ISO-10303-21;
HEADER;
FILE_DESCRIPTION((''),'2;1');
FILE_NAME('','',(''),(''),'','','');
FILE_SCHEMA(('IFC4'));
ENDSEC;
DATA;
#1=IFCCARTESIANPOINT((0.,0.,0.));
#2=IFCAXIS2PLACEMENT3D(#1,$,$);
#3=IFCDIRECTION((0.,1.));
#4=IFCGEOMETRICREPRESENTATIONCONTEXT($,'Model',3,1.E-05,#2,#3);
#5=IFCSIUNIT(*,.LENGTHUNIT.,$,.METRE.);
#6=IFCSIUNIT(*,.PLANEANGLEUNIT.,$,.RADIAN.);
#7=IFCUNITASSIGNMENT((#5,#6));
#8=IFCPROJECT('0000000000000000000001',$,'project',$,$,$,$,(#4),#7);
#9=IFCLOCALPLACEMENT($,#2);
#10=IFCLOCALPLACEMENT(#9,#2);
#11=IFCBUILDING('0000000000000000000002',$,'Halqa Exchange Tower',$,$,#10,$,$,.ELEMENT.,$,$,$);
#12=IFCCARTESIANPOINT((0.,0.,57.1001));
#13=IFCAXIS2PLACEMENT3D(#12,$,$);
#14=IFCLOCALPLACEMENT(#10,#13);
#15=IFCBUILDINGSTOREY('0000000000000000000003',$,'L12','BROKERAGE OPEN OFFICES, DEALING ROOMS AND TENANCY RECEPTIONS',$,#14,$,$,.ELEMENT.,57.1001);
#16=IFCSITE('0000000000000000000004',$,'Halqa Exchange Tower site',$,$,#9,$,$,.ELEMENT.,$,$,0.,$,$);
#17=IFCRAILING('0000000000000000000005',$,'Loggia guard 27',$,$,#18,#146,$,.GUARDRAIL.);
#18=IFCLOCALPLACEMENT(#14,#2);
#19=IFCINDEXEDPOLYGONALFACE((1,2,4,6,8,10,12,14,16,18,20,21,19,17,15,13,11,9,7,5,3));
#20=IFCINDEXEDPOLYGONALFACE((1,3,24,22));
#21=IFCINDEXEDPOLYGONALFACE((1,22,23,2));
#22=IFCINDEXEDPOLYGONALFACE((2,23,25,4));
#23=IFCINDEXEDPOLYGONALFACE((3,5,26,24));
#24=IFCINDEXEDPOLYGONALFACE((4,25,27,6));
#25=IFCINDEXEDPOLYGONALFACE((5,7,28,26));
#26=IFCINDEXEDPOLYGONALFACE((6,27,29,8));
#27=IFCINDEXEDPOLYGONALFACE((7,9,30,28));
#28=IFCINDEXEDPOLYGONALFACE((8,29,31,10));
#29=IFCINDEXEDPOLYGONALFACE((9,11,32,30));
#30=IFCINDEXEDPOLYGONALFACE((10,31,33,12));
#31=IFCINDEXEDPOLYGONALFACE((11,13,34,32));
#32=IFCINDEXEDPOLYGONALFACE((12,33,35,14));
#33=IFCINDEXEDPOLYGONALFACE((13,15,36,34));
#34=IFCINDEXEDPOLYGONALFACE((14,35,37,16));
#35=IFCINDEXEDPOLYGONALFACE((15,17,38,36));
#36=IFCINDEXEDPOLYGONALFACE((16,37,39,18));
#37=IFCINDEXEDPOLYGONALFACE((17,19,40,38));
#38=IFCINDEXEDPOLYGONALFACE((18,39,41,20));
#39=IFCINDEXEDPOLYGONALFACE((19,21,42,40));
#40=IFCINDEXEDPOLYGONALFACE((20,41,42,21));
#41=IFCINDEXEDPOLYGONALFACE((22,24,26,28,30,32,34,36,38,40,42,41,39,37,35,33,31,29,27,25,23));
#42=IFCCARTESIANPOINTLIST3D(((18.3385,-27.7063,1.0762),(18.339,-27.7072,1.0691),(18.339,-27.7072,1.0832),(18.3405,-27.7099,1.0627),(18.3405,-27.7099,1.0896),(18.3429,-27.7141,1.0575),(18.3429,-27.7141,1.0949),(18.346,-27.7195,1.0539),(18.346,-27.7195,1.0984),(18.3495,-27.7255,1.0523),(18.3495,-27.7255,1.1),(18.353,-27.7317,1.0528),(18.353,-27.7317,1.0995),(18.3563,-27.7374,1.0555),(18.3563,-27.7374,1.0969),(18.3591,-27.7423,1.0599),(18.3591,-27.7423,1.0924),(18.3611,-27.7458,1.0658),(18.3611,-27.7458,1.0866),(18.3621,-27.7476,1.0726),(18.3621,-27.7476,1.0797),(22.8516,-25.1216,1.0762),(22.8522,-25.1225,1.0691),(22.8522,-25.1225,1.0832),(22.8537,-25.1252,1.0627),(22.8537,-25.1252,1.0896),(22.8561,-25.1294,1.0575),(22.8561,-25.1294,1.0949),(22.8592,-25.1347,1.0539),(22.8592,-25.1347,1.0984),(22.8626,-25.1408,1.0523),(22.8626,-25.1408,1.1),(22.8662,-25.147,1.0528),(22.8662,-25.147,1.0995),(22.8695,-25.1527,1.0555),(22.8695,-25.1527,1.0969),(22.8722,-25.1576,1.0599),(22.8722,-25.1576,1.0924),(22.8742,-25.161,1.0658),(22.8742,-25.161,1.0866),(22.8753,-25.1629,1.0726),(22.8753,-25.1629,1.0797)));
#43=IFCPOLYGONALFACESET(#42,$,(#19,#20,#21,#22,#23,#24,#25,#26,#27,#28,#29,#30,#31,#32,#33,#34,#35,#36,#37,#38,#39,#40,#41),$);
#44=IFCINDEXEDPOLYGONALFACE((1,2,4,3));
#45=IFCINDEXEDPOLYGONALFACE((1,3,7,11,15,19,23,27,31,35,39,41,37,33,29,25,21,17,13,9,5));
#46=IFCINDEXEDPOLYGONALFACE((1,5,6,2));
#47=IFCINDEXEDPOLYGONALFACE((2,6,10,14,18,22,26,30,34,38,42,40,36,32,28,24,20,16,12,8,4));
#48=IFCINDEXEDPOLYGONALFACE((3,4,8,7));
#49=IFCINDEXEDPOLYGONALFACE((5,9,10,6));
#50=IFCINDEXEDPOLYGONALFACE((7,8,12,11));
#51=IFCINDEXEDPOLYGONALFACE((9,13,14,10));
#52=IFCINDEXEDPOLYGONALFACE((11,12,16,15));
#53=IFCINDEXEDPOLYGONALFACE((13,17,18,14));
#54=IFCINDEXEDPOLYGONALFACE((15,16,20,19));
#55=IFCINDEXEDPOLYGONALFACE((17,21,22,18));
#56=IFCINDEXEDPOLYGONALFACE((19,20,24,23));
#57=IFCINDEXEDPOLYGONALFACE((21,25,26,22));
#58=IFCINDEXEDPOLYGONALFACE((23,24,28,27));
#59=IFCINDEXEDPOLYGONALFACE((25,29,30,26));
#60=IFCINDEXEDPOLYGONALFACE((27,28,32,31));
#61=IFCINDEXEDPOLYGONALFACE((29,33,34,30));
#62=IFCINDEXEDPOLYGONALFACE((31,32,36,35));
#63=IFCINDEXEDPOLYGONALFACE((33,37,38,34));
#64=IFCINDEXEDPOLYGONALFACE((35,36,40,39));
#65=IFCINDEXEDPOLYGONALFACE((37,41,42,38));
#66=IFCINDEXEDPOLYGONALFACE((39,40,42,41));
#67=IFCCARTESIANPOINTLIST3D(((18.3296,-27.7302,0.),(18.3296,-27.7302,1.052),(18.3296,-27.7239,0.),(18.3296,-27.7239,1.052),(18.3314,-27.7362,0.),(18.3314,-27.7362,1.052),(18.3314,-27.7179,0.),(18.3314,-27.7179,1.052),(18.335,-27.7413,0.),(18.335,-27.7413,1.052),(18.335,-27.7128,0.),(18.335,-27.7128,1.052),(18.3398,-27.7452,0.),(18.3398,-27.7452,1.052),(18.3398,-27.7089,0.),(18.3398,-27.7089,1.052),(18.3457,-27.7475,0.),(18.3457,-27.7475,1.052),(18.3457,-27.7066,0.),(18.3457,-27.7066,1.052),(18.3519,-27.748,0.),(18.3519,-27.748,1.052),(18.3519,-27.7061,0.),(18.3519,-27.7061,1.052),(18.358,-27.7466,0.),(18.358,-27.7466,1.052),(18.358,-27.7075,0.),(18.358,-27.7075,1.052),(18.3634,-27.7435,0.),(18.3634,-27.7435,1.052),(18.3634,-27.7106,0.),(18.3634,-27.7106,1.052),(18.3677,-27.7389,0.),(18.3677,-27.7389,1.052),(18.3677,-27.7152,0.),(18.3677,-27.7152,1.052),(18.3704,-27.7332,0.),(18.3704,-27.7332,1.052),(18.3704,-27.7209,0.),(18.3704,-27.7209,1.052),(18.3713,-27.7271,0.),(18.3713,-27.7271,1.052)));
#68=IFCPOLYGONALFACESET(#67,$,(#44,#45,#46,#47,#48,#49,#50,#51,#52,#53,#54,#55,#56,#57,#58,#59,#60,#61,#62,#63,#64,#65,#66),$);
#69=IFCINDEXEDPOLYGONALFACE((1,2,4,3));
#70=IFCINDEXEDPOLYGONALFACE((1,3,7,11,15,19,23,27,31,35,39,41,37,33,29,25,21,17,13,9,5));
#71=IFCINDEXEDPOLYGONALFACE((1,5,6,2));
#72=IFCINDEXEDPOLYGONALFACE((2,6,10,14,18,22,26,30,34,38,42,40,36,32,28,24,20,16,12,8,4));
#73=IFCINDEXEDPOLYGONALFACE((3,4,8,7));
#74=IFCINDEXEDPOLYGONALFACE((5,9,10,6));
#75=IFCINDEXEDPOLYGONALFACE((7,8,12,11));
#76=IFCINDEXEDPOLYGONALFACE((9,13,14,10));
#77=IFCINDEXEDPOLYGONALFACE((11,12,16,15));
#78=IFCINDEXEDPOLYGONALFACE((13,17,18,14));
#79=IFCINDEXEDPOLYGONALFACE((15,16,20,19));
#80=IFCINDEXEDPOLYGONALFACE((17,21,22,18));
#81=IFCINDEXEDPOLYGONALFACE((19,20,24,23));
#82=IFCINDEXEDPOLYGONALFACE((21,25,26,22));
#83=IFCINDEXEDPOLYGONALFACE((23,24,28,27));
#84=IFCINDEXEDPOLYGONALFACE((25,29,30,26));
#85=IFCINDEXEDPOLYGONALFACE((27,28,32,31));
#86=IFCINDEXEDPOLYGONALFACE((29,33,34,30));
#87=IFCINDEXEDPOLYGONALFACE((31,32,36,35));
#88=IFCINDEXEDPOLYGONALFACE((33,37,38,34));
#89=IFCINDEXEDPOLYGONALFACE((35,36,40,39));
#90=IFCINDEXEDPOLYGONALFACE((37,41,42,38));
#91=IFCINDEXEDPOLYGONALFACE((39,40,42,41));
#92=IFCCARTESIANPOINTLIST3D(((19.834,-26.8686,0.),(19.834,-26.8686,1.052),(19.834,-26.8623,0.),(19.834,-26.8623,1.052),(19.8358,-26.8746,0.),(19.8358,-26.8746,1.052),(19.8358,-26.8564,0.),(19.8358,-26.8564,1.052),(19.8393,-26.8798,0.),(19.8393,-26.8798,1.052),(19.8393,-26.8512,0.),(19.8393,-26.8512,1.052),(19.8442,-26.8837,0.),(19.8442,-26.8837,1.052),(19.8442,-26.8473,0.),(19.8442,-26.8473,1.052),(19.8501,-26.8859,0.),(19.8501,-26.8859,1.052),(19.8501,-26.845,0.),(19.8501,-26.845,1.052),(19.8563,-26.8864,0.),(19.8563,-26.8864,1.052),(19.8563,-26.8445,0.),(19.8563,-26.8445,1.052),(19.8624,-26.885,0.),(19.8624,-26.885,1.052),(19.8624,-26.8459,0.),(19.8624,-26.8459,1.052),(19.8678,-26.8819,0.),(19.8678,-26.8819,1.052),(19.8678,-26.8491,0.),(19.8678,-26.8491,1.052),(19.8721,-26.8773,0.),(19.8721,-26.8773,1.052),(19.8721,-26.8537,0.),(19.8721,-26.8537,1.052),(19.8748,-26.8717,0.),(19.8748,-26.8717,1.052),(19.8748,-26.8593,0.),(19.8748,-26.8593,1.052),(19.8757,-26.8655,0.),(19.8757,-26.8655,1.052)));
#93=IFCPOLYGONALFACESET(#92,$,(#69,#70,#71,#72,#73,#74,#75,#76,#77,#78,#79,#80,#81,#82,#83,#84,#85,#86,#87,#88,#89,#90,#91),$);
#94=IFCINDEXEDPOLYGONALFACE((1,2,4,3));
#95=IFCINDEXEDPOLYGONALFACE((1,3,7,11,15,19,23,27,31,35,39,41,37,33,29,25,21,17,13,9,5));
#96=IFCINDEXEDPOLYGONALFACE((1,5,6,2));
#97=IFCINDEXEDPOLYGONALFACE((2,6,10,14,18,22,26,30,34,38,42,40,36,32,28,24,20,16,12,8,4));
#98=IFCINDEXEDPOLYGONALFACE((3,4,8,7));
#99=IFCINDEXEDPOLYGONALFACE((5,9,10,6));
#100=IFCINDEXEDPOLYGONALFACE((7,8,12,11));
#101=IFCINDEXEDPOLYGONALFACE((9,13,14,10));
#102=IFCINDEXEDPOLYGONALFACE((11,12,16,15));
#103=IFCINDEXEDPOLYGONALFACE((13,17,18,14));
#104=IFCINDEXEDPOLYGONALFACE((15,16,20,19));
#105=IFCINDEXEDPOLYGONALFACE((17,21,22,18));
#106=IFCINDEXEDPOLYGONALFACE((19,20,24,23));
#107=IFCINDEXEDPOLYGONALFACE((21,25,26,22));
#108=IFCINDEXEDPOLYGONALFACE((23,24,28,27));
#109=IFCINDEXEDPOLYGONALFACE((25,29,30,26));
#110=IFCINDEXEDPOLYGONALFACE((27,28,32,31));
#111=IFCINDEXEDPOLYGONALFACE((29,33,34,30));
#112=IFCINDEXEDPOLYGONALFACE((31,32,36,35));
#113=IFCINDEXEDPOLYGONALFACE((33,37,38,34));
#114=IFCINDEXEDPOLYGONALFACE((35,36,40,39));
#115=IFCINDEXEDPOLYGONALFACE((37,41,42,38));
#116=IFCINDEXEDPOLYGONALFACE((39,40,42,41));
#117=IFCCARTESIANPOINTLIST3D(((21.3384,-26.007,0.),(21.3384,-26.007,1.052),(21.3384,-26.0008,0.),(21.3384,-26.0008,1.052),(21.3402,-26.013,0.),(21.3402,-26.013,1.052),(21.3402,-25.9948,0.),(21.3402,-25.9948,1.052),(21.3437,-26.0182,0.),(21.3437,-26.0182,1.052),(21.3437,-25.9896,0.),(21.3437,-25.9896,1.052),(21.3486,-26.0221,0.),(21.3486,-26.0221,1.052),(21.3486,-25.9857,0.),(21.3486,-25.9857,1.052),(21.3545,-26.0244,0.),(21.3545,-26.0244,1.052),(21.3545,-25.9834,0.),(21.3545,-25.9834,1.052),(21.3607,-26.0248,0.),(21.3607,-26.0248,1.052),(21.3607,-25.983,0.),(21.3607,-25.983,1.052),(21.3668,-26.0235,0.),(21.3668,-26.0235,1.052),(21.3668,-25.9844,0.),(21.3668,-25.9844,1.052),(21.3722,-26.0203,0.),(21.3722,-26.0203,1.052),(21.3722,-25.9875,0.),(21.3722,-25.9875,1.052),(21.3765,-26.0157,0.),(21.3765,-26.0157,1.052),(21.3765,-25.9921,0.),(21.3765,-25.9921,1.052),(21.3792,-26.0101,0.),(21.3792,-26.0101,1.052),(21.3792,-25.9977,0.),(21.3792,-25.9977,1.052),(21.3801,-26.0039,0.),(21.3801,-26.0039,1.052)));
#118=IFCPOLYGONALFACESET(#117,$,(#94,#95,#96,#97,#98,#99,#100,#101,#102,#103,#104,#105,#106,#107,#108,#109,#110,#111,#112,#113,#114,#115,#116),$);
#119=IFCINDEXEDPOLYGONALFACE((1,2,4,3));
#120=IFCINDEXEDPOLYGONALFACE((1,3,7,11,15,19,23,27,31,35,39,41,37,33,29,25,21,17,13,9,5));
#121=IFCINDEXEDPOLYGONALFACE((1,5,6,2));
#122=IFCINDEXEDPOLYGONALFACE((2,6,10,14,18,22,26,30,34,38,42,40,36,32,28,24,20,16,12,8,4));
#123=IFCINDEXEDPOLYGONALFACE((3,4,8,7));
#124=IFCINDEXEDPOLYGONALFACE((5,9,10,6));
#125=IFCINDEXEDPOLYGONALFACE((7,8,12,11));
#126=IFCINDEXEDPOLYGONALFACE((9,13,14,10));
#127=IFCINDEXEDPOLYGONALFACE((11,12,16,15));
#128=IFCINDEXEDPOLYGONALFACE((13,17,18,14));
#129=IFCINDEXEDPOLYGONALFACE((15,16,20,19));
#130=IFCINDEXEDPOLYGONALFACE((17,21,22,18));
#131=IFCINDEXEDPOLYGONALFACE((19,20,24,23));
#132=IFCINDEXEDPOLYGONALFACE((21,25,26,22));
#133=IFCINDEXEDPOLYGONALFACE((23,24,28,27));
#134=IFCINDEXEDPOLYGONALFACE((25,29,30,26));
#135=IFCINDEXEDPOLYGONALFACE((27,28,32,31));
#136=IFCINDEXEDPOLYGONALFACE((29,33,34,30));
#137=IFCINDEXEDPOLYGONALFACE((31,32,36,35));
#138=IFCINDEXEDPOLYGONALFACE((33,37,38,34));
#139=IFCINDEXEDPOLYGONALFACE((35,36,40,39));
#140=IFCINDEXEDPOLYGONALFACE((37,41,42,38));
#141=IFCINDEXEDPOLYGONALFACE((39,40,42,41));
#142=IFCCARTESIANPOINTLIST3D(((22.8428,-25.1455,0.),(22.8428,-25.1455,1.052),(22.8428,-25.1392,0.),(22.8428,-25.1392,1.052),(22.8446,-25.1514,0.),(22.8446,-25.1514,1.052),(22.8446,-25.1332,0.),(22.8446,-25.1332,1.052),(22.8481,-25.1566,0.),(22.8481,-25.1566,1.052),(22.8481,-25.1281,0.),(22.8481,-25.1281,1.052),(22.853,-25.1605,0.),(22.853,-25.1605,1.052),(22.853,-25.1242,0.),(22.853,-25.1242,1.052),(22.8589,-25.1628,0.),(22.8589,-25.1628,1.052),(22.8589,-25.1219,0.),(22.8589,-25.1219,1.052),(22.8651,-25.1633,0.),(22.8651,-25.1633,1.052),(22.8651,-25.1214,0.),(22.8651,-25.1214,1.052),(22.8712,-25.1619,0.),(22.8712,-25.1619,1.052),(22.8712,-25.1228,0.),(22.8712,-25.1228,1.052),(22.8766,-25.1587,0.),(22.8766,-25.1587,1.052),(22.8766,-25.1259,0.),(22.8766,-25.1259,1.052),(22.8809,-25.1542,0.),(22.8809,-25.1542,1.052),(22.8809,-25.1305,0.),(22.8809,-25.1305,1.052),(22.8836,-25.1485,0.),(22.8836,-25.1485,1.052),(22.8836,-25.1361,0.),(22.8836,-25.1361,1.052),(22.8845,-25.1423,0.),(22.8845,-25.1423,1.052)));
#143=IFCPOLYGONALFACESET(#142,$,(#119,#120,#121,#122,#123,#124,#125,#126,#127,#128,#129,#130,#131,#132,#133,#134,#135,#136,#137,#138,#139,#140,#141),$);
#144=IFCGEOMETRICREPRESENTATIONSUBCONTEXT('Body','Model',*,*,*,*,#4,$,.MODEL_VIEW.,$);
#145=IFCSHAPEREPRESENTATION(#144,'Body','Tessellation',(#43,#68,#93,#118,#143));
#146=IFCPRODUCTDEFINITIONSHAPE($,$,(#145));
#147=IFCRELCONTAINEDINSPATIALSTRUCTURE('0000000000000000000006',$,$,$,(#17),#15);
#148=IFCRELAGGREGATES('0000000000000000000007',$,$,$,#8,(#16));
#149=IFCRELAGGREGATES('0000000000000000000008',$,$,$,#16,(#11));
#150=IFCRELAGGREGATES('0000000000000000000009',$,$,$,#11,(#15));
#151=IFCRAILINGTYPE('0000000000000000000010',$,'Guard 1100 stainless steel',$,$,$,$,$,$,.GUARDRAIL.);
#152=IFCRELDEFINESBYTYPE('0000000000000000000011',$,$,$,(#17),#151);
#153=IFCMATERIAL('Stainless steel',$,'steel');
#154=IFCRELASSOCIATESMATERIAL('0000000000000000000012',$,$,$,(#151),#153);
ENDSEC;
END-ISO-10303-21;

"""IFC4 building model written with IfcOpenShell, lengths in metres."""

from ifc_helpers import new_model, si_unit, direction, frame, origin, origin_2d, place, context, subcontext, project, spatial, circle, extrude, material, type_object, element, save


model = new_model("IFC4")

# Units and contexts
model_context = context("Model", 3, precision=1e-05, world=origin(), true_north=direction((0.0, 1.0)))
body_context = subcontext(model_context, "Body", "Model", "MODEL_VIEW")
ifc_project = project(units=[si_unit("LENGTHUNIT", "METRE"), si_unit("PLANEANGLEUNIT", "RADIAN")], contexts=[model_context])

# Site, building, storey
site_placement = place(None, origin())
site = spatial("IfcSite", under=ifc_project, at=site_placement, Name="Halqa Exchange Tower site", CompositionType="ELEMENT", RefElevation=0.0)
building_placement = place(site_placement, origin())
building = spatial("IfcBuilding", under=site, at=building_placement, Name="Halqa Exchange Tower", CompositionType="ELEMENT")
storey_placement = place(building_placement, frame((0.0, 0.0, 57.1001)))
storey = spatial("IfcBuildingStorey", under=building, at=storey_placement, Name="L12", Description="BROKERAGE OPEN OFFICES, DEALING ROOMS AND TENANCY RECEPTIONS", CompositionType="ELEMENT", Elevation=57.1001)

# Railing
ifc_material_1 = material(Name="Stainless steel", Category="steel")
railing_type = type_object("IfcRailingType", Name="Guard 1100 stainless steel", PredefinedType="GUARDRAIL", material=ifc_material_1)
railing_1_placement = place(storey_placement, frame((18.3503, -27.7271, 0.0)))
element("IfcRailing", 1, at=railing_1_placement, inside=storey, type_object=railing_type, Name="Loggia guard 27", PredefinedType="GUARDRAIL", context=body_context, shape_type="SweptSolid", body=[
    extrude(circle(Radius=0.0239, at=origin_2d()), frame((0.0, 0.0, 1.0762), z_axis=(0.867766, 0.496973, 0.0), x_axis=(-0.496973, 0.867766, 0.0)), (0.0, 0.0, 1.0), 5.2009),
    extrude(circle(Radius=0.021, at=origin_2d()), origin(), (0.0, 0.0, 1.0), 1.052),
    extrude(circle(Radius=0.021, at=origin_2d()), frame((1.5044, 0.8616, 0.0)), (0.0, 0.0, 1.0), 1.052),
    extrude(circle(Radius=0.021, at=origin_2d()), frame((3.0088, 1.7231, 0.0)), (0.0, 0.0, 1.0), 1.052),
    extrude(circle(Radius=0.021, at=origin_2d()), frame((4.5132, 2.5847, 0.0)), (0.0, 0.0, 1.0), 1.052),
])

save(model, "model.ifc")
